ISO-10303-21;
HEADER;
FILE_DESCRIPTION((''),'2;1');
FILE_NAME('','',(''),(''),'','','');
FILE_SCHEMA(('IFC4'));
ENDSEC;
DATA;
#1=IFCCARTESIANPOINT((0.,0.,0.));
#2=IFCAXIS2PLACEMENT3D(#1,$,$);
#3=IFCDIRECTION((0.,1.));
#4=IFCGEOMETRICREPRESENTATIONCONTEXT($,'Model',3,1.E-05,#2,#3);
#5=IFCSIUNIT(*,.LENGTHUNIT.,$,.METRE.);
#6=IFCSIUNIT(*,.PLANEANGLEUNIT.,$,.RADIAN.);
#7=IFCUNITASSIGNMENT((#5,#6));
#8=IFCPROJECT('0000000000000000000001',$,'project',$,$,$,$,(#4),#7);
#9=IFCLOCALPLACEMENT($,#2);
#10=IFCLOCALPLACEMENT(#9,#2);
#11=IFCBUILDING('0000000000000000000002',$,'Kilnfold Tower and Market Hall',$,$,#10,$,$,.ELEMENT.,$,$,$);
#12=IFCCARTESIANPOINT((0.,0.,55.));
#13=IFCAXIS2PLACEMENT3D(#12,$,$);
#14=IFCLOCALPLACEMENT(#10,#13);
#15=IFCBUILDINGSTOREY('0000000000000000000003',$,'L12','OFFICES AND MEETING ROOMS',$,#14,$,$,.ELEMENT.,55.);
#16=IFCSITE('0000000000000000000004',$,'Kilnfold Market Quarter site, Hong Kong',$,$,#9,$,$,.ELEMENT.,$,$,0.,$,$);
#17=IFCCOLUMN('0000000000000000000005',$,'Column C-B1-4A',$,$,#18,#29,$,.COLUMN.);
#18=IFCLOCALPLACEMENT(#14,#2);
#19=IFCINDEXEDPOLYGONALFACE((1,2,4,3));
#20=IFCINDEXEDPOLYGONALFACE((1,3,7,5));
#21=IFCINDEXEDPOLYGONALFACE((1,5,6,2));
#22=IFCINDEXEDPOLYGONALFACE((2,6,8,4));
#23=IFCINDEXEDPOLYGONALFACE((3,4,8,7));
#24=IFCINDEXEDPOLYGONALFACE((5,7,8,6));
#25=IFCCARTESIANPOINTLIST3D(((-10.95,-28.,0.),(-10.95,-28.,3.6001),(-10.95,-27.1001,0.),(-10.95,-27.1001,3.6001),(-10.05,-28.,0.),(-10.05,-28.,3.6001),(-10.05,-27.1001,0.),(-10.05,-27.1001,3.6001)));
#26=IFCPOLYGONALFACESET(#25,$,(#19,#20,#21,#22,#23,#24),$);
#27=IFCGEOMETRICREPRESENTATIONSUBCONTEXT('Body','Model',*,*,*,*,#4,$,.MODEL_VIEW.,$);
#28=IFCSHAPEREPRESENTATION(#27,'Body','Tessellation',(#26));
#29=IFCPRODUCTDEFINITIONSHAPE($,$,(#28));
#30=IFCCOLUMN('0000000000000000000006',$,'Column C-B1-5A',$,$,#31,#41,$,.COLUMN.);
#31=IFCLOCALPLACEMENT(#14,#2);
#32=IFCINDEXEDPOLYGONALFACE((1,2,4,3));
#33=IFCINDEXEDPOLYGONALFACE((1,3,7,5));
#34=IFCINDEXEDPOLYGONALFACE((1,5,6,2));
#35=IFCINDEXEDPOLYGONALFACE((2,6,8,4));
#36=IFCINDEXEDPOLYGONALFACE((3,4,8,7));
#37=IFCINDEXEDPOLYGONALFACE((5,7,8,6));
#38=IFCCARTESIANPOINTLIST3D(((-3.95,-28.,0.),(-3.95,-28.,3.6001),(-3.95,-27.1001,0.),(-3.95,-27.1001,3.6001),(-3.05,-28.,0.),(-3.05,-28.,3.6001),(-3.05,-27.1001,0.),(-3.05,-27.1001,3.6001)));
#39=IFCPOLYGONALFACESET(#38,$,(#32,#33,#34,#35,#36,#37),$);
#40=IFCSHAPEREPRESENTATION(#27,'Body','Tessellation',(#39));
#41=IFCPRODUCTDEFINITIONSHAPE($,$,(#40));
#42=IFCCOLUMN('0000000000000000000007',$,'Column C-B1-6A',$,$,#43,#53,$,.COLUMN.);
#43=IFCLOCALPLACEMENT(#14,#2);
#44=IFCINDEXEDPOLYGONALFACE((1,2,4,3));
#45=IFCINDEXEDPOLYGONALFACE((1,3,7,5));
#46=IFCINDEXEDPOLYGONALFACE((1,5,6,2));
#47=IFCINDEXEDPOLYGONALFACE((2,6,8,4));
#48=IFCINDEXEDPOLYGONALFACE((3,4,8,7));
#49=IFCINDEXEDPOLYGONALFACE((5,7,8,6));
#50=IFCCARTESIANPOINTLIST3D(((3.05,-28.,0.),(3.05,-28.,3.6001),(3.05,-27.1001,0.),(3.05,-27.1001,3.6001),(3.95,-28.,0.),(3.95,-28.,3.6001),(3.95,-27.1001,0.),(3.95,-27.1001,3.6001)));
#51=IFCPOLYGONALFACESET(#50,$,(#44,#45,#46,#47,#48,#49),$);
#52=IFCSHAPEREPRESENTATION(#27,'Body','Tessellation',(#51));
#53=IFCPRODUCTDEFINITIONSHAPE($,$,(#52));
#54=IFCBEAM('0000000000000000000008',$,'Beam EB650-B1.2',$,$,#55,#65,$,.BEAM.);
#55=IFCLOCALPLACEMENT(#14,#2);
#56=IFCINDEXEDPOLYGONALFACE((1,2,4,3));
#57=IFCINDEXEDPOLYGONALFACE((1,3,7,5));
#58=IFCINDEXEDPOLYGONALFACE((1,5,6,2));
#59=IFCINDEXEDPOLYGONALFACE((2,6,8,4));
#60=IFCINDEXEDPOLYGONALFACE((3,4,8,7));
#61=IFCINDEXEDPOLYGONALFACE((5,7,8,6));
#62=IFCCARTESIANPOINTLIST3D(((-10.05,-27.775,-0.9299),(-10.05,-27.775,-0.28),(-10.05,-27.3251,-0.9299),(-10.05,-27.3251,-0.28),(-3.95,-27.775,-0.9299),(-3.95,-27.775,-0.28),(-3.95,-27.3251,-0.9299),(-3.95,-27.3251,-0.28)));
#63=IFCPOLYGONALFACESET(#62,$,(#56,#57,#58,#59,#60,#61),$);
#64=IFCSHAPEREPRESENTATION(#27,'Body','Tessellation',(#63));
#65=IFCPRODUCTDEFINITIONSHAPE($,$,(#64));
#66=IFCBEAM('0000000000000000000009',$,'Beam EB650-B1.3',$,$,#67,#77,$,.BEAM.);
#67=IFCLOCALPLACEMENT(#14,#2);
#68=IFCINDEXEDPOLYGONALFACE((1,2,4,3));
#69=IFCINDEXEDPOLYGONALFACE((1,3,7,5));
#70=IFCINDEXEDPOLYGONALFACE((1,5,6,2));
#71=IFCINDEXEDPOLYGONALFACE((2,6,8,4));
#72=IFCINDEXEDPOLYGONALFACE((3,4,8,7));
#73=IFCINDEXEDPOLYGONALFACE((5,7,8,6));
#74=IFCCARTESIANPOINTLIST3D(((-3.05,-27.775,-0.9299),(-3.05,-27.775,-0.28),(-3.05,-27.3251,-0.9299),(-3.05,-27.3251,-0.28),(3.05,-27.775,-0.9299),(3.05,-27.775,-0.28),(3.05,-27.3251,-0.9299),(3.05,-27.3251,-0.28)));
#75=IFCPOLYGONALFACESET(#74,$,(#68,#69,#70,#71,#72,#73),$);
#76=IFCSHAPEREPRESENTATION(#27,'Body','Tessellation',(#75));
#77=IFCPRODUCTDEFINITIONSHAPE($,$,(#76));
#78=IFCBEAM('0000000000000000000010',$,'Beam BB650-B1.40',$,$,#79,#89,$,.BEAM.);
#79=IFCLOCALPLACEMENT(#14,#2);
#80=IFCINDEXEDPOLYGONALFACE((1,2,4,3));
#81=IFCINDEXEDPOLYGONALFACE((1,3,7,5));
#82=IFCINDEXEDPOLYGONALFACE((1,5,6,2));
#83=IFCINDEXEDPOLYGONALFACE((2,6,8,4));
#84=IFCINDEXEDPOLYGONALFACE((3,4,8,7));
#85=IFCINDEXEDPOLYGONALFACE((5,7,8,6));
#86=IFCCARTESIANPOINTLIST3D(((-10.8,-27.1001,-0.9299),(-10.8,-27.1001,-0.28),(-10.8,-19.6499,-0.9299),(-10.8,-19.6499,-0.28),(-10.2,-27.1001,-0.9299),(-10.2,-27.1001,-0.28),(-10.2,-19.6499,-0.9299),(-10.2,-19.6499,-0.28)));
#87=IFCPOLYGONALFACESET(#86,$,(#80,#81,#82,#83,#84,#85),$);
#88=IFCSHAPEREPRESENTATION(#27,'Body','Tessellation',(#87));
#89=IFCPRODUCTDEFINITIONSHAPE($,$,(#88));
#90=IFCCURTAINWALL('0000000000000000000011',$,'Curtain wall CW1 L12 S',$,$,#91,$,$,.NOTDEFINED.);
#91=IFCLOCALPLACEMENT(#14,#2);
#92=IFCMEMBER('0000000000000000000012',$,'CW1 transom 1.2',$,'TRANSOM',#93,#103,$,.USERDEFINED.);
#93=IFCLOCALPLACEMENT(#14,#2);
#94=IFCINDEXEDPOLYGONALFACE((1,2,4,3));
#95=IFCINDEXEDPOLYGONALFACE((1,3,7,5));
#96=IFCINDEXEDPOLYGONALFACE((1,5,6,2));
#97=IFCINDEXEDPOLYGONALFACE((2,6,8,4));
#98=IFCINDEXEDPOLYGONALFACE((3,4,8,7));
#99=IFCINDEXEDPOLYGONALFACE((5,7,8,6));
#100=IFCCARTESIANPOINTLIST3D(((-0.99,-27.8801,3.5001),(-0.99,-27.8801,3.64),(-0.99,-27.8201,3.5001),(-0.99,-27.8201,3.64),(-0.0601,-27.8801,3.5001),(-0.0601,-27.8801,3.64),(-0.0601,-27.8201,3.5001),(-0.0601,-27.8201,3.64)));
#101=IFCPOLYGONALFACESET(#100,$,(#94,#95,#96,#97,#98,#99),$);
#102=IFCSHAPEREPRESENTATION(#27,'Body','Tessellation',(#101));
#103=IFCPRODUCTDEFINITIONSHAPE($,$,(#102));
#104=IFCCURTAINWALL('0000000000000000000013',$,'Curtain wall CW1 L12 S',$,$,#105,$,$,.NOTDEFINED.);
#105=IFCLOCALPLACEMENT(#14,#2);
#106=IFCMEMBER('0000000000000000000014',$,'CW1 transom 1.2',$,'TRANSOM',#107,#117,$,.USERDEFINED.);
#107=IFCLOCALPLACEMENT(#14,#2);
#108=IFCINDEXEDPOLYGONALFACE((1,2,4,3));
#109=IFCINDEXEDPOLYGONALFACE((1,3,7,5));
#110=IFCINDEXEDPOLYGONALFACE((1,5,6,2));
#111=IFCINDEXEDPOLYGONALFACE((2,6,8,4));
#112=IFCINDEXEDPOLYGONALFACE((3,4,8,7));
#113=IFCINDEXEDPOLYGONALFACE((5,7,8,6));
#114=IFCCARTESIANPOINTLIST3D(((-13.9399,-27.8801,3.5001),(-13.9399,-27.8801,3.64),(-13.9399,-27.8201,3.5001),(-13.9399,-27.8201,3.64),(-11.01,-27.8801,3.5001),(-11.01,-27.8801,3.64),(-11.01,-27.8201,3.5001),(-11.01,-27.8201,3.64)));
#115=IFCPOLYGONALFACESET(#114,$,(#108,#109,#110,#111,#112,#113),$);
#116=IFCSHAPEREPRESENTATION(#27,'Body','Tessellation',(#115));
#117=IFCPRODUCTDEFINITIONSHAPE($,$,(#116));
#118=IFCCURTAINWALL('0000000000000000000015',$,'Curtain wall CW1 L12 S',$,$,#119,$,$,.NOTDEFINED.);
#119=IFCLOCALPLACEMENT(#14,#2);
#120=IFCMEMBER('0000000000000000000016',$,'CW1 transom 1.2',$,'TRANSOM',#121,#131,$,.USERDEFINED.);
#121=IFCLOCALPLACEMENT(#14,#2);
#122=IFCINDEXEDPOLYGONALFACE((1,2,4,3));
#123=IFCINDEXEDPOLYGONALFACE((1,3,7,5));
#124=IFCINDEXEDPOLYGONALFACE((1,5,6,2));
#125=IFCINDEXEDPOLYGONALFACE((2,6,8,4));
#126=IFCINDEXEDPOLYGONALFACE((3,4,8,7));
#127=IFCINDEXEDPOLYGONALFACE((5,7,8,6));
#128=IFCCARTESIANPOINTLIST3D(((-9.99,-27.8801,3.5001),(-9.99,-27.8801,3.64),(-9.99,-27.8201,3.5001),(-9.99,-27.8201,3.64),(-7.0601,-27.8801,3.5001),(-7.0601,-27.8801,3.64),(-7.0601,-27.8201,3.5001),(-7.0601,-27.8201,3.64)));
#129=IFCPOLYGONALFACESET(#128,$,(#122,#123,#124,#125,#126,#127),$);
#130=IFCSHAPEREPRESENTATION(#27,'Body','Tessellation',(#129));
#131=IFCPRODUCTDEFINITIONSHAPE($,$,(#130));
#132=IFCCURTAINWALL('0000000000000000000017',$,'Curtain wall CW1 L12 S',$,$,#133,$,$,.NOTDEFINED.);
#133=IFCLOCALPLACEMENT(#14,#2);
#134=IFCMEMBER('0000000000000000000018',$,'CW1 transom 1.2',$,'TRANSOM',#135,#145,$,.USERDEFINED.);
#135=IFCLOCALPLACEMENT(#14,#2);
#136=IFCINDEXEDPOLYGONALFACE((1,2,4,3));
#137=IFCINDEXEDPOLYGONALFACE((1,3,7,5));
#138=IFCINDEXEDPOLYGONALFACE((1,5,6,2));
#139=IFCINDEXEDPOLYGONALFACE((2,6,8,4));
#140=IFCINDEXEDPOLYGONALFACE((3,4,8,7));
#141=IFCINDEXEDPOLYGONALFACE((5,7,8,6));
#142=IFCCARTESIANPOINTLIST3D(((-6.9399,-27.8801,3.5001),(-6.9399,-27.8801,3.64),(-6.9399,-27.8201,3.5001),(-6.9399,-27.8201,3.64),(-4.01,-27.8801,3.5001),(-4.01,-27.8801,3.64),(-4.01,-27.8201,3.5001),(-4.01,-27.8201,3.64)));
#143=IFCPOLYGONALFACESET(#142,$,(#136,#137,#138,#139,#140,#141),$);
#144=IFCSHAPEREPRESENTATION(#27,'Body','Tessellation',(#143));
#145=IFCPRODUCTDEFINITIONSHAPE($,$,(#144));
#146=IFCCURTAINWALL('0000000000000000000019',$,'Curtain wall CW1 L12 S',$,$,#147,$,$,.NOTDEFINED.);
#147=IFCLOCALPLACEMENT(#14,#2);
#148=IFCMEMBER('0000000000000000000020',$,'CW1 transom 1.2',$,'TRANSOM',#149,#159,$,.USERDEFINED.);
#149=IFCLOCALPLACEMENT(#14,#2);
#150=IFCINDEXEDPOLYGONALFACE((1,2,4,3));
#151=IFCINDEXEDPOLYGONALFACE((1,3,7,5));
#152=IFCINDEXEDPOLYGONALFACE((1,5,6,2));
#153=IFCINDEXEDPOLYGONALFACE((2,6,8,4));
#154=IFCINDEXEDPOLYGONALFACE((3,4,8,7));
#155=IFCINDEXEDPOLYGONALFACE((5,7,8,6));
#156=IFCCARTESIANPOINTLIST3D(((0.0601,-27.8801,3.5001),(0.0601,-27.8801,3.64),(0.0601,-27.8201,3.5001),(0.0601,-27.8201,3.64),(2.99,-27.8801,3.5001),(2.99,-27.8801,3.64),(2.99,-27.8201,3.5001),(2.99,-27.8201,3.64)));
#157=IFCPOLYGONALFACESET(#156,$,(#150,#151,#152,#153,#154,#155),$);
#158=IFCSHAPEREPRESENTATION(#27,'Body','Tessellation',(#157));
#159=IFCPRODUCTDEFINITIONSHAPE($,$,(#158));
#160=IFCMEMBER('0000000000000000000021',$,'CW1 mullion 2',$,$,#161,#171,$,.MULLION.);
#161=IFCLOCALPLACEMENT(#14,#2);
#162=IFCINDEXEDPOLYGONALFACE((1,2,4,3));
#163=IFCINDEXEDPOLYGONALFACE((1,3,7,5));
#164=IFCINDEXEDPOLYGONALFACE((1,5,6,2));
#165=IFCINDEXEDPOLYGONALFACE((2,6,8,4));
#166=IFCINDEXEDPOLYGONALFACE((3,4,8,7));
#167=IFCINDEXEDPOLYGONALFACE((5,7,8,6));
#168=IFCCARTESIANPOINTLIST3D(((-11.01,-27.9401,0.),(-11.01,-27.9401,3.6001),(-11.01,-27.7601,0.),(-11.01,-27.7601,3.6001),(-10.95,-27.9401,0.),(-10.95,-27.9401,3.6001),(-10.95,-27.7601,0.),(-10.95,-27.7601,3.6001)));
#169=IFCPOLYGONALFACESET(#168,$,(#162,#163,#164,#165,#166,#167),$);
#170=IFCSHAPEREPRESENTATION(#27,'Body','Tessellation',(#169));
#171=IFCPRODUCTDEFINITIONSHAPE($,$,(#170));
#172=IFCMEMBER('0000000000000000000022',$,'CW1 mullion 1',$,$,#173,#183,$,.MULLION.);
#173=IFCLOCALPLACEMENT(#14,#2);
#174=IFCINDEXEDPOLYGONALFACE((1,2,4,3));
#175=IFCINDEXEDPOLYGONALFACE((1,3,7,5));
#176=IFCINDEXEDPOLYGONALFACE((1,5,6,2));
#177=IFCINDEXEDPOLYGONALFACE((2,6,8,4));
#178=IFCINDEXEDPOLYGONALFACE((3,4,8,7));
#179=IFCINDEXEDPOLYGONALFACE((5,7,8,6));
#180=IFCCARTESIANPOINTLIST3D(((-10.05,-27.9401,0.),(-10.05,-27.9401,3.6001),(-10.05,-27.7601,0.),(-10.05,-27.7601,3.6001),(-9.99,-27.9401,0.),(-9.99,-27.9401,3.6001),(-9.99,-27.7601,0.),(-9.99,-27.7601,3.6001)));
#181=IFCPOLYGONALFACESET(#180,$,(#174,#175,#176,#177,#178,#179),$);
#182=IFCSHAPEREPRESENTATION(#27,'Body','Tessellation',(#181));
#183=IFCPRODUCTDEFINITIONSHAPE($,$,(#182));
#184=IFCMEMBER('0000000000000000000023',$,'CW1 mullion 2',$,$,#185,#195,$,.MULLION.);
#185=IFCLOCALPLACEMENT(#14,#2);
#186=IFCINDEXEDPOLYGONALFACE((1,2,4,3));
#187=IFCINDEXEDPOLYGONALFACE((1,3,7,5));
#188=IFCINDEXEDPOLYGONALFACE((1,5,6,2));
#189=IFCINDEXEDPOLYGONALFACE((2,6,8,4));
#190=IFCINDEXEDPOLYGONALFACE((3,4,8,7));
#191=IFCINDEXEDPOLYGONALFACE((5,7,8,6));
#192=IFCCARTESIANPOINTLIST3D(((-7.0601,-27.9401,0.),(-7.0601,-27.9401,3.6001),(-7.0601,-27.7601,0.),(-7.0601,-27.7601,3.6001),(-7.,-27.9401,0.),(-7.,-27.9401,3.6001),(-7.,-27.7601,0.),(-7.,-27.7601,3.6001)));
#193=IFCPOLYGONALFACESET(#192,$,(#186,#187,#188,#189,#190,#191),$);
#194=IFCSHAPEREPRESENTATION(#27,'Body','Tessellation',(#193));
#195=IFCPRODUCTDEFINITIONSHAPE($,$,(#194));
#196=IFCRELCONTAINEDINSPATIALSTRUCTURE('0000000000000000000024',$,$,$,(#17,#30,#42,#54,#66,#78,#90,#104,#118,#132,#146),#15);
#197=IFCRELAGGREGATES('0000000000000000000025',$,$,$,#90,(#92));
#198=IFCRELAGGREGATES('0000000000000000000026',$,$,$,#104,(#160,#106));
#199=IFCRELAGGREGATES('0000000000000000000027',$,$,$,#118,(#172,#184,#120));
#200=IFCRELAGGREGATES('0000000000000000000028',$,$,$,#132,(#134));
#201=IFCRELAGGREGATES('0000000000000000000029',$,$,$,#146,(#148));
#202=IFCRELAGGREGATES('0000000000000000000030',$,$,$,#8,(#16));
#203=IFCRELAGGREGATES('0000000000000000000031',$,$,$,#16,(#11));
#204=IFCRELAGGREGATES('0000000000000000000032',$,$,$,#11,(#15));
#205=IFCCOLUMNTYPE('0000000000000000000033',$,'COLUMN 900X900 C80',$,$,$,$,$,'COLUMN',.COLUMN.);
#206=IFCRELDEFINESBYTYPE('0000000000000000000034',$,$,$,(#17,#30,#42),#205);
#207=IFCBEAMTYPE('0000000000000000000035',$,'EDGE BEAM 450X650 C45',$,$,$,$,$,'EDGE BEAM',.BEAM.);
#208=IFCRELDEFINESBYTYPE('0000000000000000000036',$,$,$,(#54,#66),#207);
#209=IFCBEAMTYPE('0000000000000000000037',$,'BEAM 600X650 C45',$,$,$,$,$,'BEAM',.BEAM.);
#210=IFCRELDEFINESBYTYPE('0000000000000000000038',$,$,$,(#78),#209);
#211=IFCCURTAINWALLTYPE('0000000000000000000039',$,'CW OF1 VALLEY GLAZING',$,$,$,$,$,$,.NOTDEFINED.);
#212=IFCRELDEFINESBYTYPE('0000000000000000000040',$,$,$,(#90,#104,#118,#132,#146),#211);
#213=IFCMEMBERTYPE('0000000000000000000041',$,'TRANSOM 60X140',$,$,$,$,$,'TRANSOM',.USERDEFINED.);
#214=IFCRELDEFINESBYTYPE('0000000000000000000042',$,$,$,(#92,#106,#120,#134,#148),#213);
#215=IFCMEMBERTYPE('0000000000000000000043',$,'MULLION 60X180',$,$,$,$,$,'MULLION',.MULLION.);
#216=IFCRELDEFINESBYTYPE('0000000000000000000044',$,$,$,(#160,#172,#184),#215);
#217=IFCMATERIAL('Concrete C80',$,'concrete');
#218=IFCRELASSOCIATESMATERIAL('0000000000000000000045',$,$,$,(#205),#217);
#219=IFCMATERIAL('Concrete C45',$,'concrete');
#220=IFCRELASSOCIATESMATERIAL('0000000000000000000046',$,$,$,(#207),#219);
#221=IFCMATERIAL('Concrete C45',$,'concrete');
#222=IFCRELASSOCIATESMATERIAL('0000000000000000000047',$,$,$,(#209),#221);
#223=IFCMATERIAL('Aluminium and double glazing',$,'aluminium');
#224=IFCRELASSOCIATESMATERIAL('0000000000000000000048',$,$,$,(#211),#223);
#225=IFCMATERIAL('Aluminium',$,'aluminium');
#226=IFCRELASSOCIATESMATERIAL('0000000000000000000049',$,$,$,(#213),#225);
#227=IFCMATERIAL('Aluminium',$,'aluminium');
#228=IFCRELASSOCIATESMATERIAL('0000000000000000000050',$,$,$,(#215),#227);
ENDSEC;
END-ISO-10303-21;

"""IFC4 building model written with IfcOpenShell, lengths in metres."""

from ifc_helpers import new_model, si_unit, direction, frame, origin, origin_2d, place, context, subcontext, project, spatial, rectangle, extrude, source, transform, mapped, material, material_profile, profile_set, type_object, element, aggregate, save


model = new_model("IFC4")

# Units and contexts
model_context = context("Model", 3, precision=1e-05, world=origin(), true_north=direction((0.0, 1.0)))
body_context = subcontext(model_context, "Body", "Model", "MODEL_VIEW")
ifc_project = project(units=[si_unit("LENGTHUNIT", "METRE"), si_unit("PLANEANGLEUNIT", "RADIAN")], contexts=[model_context])

# Site, building, storey
site_placement = place(None, origin())
site = spatial("IfcSite", under=ifc_project, at=site_placement, Name="Kilnfold Market Quarter site, Hong Kong", CompositionType="ELEMENT", RefElevation=0.0)
building_placement = place(site_placement, origin())
building = spatial("IfcBuilding", under=site, at=building_placement, Name="Kilnfold Tower and Market Hall", CompositionType="ELEMENT")
storey_placement = place(building_placement, frame((0.0, 0.0, 55.0)))
storey = spatial("IfcBuildingStorey", under=building, at=storey_placement, Name="L12", Description="OFFICES AND MEETING ROOMS", CompositionType="ELEMENT", Elevation=55.0)

# Columns
ifc_material_1 = material(Name="Concrete C80", Category="concrete")
ifc_material_profile_1 = material_profile(ifc_material_1, rectangle(XDim=0.8999, YDim=0.8999, at=origin_2d()), Name="RC 900x900")
ifc_profile_set_1 = profile_set([ifc_material_profile_1], Name="Concrete C80")
column_type = type_object("IfcColumnType", Name="COLUMN 900X900 C80", ElementType="COLUMN", PredefinedType="COLUMN", material=ifc_profile_set_1)
shared_shape_1 = source(origin(), body_context, "Body", "SweptSolid", [
    extrude(rectangle(XDim=0.8999, YDim=0.8999, at=origin_2d()), origin(), (0.0, 0.0, 1.0), 3.6001),
])
for number, where, z_axis, x_axis, name in (
    (1, (-10.5, -27.55, 0.0), (0.0, 0.0, 1.0), (1.0, 0.0, 0.0), "Column C-B1-4A"),
    (2, (-3.5, -27.55, 0.0), (0.0, 0.0, 1.0), (1.0, 0.0, 0.0), "Column C-B1-5A"),
    (3, (3.5, -27.55, 0.0), (0.0, 0.0, 1.0), (1.0, 0.0, 0.0), "Column C-B1-6A"),
):
    element("IfcColumn", number, at=place(storey_placement, frame(where, z_axis=z_axis, x_axis=x_axis)), inside=storey, type_object=column_type, Name=name, PredefinedType="COLUMN", context=body_context, shape_type="MappedRepresentation", body=[
        mapped(shared_shape_1, transform((0.0, 0.0, 0.0))),
    ])

# Beams
ifc_material_2 = material(Name="Concrete C45", Category="concrete")
ifc_material_profile_2 = material_profile(ifc_material_2, rectangle(XDim=0.45, YDim=0.6499, at=origin_2d()), Name="RC 450x650")
ifc_profile_set_2 = profile_set([ifc_material_profile_2], Name="Concrete C45")
beam_type_1 = type_object("IfcBeamType", Name="EDGE BEAM 450X650 C45", ElementType="EDGE BEAM", PredefinedType="BEAM", material=ifc_profile_set_2)
shared_shape_2 = source(origin(), body_context, "Body", "SweptSolid", [
    extrude(rectangle(XDim=0.45, YDim=0.6499, at=origin_2d()), origin(), (0.0, 0.0, 1.0), 6.1001),
])
for number, where, z_axis, x_axis, name in (
    (4, (-10.05, -27.55, -0.605), (1.0, 0.0, 0.0), (0.0, 1.0, 0.0), "Beam EB650-B1.2"),
    (5, (-3.05, -27.55, -0.605), (1.0, 0.0, 0.0), (0.0, 1.0, 0.0), "Beam EB650-B1.3"),
):
    element("IfcBeam", number, at=place(storey_placement, frame(where, z_axis=z_axis, x_axis=x_axis)), inside=storey, type_object=beam_type_1, Name=name, PredefinedType="BEAM", context=body_context, shape_type="MappedRepresentation", body=[
        mapped(shared_shape_2, transform((0.0, 0.0, 0.0))),
    ])
ifc_material_3 = material(Name="Concrete C45", Category="concrete")
ifc_material_profile_3 = material_profile(ifc_material_3, rectangle(XDim=0.6001, YDim=0.6499, at=origin_2d()), Name="RC 600x650")
ifc_profile_set_3 = profile_set([ifc_material_profile_3], Name="Concrete C45")
beam_type_2 = type_object("IfcBeamType", Name="BEAM 600X650 C45", ElementType="BEAM", PredefinedType="BEAM", material=ifc_profile_set_3)
shared_shape_3 = source(origin(), body_context, "Body", "SweptSolid", [
    extrude(rectangle(XDim=0.6001, YDim=0.6499, at=origin_2d()), origin(), (0.0, 0.0, 1.0), 7.4502),
])
beam_placement = place(storey_placement, frame((-10.5, -27.1001, -0.605), z_axis=(0.0, 1.0, 0.0), x_axis=(-1.0, 0.0, 0.0)))
element("IfcBeam", 6, at=beam_placement, inside=storey, type_object=beam_type_2, Name="Beam BB650-B1.40", PredefinedType="BEAM", context=body_context, shape_type="MappedRepresentation", body=[
    mapped(shared_shape_3, transform((0.0, 0.0, 0.0))),
])

# Curtain walls, members
ifc_material_4 = material(Name="Aluminium and double glazing", Category="aluminium")
curtain_wall_type = type_object("IfcCurtainWallType", Name="CW OF1 VALLEY GLAZING", PredefinedType="NOTDEFINED", material=ifc_material_4)
curtain_wall_1_placement = place(storey_placement, origin())
curtain_wall_1 = element("IfcCurtainWall", 7, at=curtain_wall_1_placement, inside=storey, type_object=curtain_wall_type, Name="Curtain wall CW1 L12 S", PredefinedType="NOTDEFINED")
ifc_material_5 = material(Name="Aluminium", Category="aluminium")
ifc_material_profile_4 = material_profile(ifc_material_5, rectangle(XDim=0.0601, YDim=0.1399, at=origin_2d()), Name="TRANSOM 60x140")
ifc_profile_set_4 = profile_set([ifc_material_profile_4], Name="Aluminium")
member_type_1 = type_object("IfcMemberType", Name="TRANSOM 60X140", ElementType="TRANSOM", PredefinedType="USERDEFINED", material=ifc_profile_set_4)
shared_shape_4 = source(origin(), body_context, "Body", "SweptSolid", [
    extrude(rectangle(XDim=0.0601, YDim=0.1399, at=origin_2d()), origin(), (0.0, 0.0, 1.0), 0.9299),
])
member_1_placement = place(storey_placement, frame((-0.99, -27.8501, 3.5701), z_axis=(1.0, 0.0, 0.0), x_axis=(0.0, 1.0, 0.0)))
member_1 = element("IfcMember", 8, at=member_1_placement, type_object=member_type_1, Name="CW1 transom 1.2", ObjectType="TRANSOM", PredefinedType="USERDEFINED", context=body_context, shape_type="MappedRepresentation", body=[
    mapped(shared_shape_4, transform((0.0, 0.0, 0.0))),
])
curtain_wall_2_placement = place(storey_placement, origin())
curtain_wall_2 = element("IfcCurtainWall", 9, at=curtain_wall_2_placement, inside=storey, type_object=curtain_wall_type, Name="Curtain wall CW1 L12 S", PredefinedType="NOTDEFINED")
shared_shape_5 = source(origin(), body_context, "Body", "SweptSolid", [
    extrude(rectangle(XDim=0.0601, YDim=0.1399, at=origin_2d()), origin(), (0.0, 0.0, 1.0), 2.9299),
])
member_2_placement = place(storey_placement, frame((-13.9399, -27.8501, 3.5701), z_axis=(1.0, 0.0, 0.0), x_axis=(0.0, 1.0, 0.0)))
member_2 = element("IfcMember", 10, at=member_2_placement, type_object=member_type_1, Name="CW1 transom 1.2", ObjectType="TRANSOM", PredefinedType="USERDEFINED", context=body_context, shape_type="MappedRepresentation", body=[
    mapped(shared_shape_5, transform((0.0, 0.0, 0.0))),
])
curtain_wall_3_placement = place(storey_placement, origin())
curtain_wall_3 = element("IfcCurtainWall", 11, at=curtain_wall_3_placement, inside=storey, type_object=curtain_wall_type, Name="Curtain wall CW1 L12 S", PredefinedType="NOTDEFINED")
member_3_placement = place(storey_placement, frame((-9.99, -27.8501, 3.5701), z_axis=(1.0, 0.0, 0.0), x_axis=(0.0, 1.0, 0.0)))
member_3 = element("IfcMember", 12, at=member_3_placement, type_object=member_type_1, Name="CW1 transom 1.2", ObjectType="TRANSOM", PredefinedType="USERDEFINED", context=body_context, shape_type="MappedRepresentation", body=[
    mapped(shared_shape_5, transform((0.0, 0.0, 0.0))),
])
curtain_wall_4_placement = place(storey_placement, origin())
curtain_wall_4 = element("IfcCurtainWall", 13, at=curtain_wall_4_placement, inside=storey, type_object=curtain_wall_type, Name="Curtain wall CW1 L12 S", PredefinedType="NOTDEFINED")
member_4_placement = place(storey_placement, frame((-6.9399, -27.8501, 3.5701), z_axis=(1.0, 0.0, 0.0), x_axis=(0.0, 1.0, 0.0)))
member_4 = element("IfcMember", 14, at=member_4_placement, type_object=member_type_1, Name="CW1 transom 1.2", ObjectType="TRANSOM", PredefinedType="USERDEFINED", context=body_context, shape_type="MappedRepresentation", body=[
    mapped(shared_shape_5, transform((0.0, 0.0, 0.0))),
])
curtain_wall_5_placement = place(storey_placement, origin())
curtain_wall_5 = element("IfcCurtainWall", 15, at=curtain_wall_5_placement, inside=storey, type_object=curtain_wall_type, Name="Curtain wall CW1 L12 S", PredefinedType="NOTDEFINED")
member_5_placement = place(storey_placement, frame((0.0601, -27.8501, 3.5701), z_axis=(1.0, 0.0, 0.0), x_axis=(0.0, 1.0, 0.0)))
member_5 = element("IfcMember", 16, at=member_5_placement, type_object=member_type_1, Name="CW1 transom 1.2", ObjectType="TRANSOM", PredefinedType="USERDEFINED", context=body_context, shape_type="MappedRepresentation", body=[
    mapped(shared_shape_5, transform((0.0, 0.0, 0.0))),
])

# Members
ifc_material_6 = material(Name="Aluminium", Category="aluminium")
ifc_material_profile_5 = material_profile(ifc_material_6, rectangle(XDim=0.0601, YDim=0.1799, at=origin_2d()), Name="MULLION 60x180")
ifc_profile_set_5 = profile_set([ifc_material_profile_5], Name="Aluminium")
member_type_2 = type_object("IfcMemberType", Name="MULLION 60X180", ElementType="MULLION", PredefinedType="MULLION", material=ifc_profile_set_5)
shared_shape_6 = source(origin(), body_context, "Body", "SweptSolid", [
    extrude(rectangle(XDim=0.0601, YDim=0.1799, at=origin_2d()), origin(), (0.0, 0.0, 1.0), 3.6001),
])
member_6_placement = place(storey_placement, frame((-10.98, -27.8501, 0.0), z_axis=(0.0, 0.0, 1.0), x_axis=(1.0, 0.0, 0.0)))
member_6 = element("IfcMember", 17, at=member_6_placement, type_object=member_type_2, Name="CW1 mullion 2", PredefinedType="MULLION", context=body_context, shape_type="MappedRepresentation", body=[
    mapped(shared_shape_6, transform((0.0, 0.0, 0.0))),
])
member_7_placement = place(storey_placement, frame((-10.02, -27.8501, 0.0), z_axis=(0.0, 0.0, 1.0), x_axis=(1.0, 0.0, 0.0)))
member_7 = element("IfcMember", 18, at=member_7_placement, type_object=member_type_2, Name="CW1 mullion 1", PredefinedType="MULLION", context=body_context, shape_type="MappedRepresentation", body=[
    mapped(shared_shape_6, transform((0.0, 0.0, 0.0))),
])
member_8_placement = place(storey_placement, frame((-7.03, -27.8501, 0.0), z_axis=(0.0, 0.0, 1.0), x_axis=(1.0, 0.0, 0.0)))
member_8 = element("IfcMember", 19, at=member_8_placement, type_object=member_type_2, Name="CW1 mullion 2", PredefinedType="MULLION", context=body_context, shape_type="MappedRepresentation", body=[
    mapped(shared_shape_6, transform((0.0, 0.0, 0.0))),
])

aggregate(curtain_wall_1, [member_1])
aggregate(curtain_wall_2, [member_6, member_2])
aggregate(curtain_wall_3, [member_7, member_8, member_3])
aggregate(curtain_wall_4, [member_4])
aggregate(curtain_wall_5, [member_5])

save(model, "model.ifc")
